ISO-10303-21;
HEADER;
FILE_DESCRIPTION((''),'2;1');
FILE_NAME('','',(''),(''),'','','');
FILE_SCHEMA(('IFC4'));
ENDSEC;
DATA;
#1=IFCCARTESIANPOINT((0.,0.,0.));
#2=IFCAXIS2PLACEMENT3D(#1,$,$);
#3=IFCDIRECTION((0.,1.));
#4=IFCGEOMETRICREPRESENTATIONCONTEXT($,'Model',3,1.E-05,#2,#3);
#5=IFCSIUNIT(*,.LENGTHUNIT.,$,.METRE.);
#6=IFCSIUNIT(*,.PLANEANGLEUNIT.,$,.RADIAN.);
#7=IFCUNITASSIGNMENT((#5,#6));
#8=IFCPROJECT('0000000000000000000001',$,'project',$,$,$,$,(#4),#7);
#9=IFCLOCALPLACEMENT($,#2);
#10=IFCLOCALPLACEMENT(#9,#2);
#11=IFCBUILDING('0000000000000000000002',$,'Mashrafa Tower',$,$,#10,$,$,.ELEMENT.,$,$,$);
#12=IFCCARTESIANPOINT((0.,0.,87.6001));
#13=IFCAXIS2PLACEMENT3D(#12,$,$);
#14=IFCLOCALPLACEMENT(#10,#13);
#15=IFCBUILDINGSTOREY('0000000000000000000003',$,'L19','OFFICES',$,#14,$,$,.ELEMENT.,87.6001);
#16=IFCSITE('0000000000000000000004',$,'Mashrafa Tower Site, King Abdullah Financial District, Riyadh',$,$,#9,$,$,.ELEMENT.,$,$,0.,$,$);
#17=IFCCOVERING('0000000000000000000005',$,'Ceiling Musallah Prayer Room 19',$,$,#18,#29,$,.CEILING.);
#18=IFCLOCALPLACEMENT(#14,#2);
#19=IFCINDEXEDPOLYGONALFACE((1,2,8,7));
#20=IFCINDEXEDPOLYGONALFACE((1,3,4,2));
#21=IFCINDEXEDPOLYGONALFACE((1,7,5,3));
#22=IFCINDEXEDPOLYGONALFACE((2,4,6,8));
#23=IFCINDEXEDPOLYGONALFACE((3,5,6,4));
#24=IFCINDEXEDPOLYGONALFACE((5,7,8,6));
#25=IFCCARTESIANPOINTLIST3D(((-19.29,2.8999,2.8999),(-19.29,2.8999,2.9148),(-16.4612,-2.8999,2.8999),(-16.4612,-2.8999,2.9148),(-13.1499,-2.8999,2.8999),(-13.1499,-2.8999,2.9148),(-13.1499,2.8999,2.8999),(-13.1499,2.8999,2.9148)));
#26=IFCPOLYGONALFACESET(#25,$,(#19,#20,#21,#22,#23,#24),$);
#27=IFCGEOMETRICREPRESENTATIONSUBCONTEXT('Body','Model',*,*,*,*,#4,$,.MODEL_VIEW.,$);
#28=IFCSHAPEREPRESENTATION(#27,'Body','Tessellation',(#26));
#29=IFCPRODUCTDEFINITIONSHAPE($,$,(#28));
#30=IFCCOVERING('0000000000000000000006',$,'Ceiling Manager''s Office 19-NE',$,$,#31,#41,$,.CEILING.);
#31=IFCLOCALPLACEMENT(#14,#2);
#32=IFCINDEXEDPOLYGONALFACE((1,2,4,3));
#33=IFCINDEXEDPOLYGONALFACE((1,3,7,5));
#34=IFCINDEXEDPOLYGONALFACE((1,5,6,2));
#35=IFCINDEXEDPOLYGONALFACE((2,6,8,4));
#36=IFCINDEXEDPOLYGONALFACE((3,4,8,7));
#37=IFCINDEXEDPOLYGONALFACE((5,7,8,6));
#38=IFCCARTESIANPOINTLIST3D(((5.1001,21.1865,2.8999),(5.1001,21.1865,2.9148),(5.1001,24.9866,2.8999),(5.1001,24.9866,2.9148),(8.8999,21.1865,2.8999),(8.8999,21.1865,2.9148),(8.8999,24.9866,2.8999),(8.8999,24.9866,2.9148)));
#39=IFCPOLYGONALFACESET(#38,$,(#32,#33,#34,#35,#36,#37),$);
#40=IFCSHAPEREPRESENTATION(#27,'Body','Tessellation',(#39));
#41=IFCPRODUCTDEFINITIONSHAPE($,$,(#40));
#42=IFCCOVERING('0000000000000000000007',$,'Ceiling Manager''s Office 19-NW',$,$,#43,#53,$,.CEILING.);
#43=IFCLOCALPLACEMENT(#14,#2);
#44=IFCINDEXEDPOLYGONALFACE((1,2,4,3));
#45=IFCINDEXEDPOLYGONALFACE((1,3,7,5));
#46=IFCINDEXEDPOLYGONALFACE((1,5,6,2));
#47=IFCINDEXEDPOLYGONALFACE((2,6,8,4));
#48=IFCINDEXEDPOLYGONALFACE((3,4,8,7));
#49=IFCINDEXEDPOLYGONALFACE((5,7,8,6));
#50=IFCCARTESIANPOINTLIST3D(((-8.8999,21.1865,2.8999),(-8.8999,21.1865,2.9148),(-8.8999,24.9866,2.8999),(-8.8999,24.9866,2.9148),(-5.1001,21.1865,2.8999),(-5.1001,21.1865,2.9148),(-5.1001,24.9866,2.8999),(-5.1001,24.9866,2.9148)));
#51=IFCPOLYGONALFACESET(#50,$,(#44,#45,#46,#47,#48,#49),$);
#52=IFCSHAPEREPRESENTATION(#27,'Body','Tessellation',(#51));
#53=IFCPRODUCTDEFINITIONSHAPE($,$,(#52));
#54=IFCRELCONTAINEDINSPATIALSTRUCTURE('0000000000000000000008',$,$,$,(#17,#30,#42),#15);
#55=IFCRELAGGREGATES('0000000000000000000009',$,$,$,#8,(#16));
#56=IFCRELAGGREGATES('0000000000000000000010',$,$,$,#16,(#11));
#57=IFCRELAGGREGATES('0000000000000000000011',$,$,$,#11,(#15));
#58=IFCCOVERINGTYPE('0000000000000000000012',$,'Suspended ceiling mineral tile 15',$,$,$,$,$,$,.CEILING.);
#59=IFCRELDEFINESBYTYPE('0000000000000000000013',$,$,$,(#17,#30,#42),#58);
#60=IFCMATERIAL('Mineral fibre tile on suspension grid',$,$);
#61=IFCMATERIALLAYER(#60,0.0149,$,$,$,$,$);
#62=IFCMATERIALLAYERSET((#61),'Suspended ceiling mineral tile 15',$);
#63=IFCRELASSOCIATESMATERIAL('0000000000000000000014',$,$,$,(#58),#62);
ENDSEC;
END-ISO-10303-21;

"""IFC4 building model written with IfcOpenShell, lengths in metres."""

from ifc_helpers import new_model, si_unit, direction, frame, origin, place, context, subcontext, project, spatial, polyline, outline, extrude, material, layer, layer_set, type_object, element, save


model = new_model("IFC4")

# Units and contexts
model_context = context("Model", 3, precision=1e-05, world=origin(), true_north=direction((0.0, 1.0)))
body_context = subcontext(model_context, "Body", "Model", "MODEL_VIEW")
ifc_project = project(units=[si_unit("LENGTHUNIT", "METRE"), si_unit("PLANEANGLEUNIT", "RADIAN")], contexts=[model_context])

# Site, building, storey
site_placement = place(None, origin())
site = spatial("IfcSite", under=ifc_project, at=site_placement, Name="Mashrafa Tower Site, King Abdullah Financial District, Riyadh", CompositionType="ELEMENT", RefElevation=0.0)
building_placement = place(site_placement, origin())
building = spatial("IfcBuilding", under=site, at=building_placement, Name="Mashrafa Tower", CompositionType="ELEMENT")
storey_placement = place(building_placement, frame((0.0, 0.0, 87.6001)))
storey = spatial("IfcBuildingStorey", under=building, at=storey_placement, Name="L19", Description="OFFICES", CompositionType="ELEMENT", Elevation=87.6001)

# Coverings
ifc_material_1 = material(Name="Mineral fibre tile on suspension grid")
ifc_layer_1 = layer(ifc_material_1, 0.0149)
ifc_layer_set_1 = layer_set([ifc_layer_1], Name="Suspended ceiling mineral tile 15")
covering_type_1 = type_object("IfcCoveringType", Name="Suspended ceiling mineral tile 15", PredefinedType="CEILING", material=ifc_layer_set_1)
covering_1_placement = place(storey_placement, frame((0.0, 0.0, 2.8999)))
element("IfcCovering", 1, at=covering_1_placement, inside=storey, type_object=covering_type_1, Name="Ceiling Musallah Prayer Room 19", PredefinedType="CEILING", context=body_context, shape_type="SweptSolid", body=[
    extrude(outline(polyline([(-16.4612, -2.8999), (-19.29, 2.8999), (-13.1499, 2.8999), (-13.1499, -2.8999), (-16.4612, -2.8999)])), origin(), (0.0, 0.0, 1.0), 0.0149),
])
covering_2_placement = place(storey_placement, frame((0.0, 0.0, 2.8999)))
element("IfcCovering", 2, at=covering_2_placement, inside=storey, type_object=covering_type_1, Name="Ceiling Manager's Office 19-NE", PredefinedType="CEILING", context=body_context, shape_type="SweptSolid", body=[
    extrude(outline(polyline([(5.1001, 24.9866), (8.8999, 24.9866), (8.8999, 21.1865), (5.1001, 21.1865), (5.1001, 24.9866)])), origin(), (0.0, 0.0, 1.0), 0.0149),
])
covering_3_placement = place(storey_placement, frame((0.0, 0.0, 2.8999)))
element("IfcCovering", 3, at=covering_3_placement, inside=storey, type_object=covering_type_1, Name="Ceiling Manager's Office 19-NW", PredefinedType="CEILING", context=body_context, shape_type="SweptSolid", body=[
    extrude(outline(polyline([(-8.8999, 24.9866), (-5.1001, 24.9866), (-5.1001, 21.1865), (-8.8999, 21.1865), (-8.8999, 24.9866)])), origin(), (0.0, 0.0, 1.0), 0.0149),
])

save(model, "model.ifc")
